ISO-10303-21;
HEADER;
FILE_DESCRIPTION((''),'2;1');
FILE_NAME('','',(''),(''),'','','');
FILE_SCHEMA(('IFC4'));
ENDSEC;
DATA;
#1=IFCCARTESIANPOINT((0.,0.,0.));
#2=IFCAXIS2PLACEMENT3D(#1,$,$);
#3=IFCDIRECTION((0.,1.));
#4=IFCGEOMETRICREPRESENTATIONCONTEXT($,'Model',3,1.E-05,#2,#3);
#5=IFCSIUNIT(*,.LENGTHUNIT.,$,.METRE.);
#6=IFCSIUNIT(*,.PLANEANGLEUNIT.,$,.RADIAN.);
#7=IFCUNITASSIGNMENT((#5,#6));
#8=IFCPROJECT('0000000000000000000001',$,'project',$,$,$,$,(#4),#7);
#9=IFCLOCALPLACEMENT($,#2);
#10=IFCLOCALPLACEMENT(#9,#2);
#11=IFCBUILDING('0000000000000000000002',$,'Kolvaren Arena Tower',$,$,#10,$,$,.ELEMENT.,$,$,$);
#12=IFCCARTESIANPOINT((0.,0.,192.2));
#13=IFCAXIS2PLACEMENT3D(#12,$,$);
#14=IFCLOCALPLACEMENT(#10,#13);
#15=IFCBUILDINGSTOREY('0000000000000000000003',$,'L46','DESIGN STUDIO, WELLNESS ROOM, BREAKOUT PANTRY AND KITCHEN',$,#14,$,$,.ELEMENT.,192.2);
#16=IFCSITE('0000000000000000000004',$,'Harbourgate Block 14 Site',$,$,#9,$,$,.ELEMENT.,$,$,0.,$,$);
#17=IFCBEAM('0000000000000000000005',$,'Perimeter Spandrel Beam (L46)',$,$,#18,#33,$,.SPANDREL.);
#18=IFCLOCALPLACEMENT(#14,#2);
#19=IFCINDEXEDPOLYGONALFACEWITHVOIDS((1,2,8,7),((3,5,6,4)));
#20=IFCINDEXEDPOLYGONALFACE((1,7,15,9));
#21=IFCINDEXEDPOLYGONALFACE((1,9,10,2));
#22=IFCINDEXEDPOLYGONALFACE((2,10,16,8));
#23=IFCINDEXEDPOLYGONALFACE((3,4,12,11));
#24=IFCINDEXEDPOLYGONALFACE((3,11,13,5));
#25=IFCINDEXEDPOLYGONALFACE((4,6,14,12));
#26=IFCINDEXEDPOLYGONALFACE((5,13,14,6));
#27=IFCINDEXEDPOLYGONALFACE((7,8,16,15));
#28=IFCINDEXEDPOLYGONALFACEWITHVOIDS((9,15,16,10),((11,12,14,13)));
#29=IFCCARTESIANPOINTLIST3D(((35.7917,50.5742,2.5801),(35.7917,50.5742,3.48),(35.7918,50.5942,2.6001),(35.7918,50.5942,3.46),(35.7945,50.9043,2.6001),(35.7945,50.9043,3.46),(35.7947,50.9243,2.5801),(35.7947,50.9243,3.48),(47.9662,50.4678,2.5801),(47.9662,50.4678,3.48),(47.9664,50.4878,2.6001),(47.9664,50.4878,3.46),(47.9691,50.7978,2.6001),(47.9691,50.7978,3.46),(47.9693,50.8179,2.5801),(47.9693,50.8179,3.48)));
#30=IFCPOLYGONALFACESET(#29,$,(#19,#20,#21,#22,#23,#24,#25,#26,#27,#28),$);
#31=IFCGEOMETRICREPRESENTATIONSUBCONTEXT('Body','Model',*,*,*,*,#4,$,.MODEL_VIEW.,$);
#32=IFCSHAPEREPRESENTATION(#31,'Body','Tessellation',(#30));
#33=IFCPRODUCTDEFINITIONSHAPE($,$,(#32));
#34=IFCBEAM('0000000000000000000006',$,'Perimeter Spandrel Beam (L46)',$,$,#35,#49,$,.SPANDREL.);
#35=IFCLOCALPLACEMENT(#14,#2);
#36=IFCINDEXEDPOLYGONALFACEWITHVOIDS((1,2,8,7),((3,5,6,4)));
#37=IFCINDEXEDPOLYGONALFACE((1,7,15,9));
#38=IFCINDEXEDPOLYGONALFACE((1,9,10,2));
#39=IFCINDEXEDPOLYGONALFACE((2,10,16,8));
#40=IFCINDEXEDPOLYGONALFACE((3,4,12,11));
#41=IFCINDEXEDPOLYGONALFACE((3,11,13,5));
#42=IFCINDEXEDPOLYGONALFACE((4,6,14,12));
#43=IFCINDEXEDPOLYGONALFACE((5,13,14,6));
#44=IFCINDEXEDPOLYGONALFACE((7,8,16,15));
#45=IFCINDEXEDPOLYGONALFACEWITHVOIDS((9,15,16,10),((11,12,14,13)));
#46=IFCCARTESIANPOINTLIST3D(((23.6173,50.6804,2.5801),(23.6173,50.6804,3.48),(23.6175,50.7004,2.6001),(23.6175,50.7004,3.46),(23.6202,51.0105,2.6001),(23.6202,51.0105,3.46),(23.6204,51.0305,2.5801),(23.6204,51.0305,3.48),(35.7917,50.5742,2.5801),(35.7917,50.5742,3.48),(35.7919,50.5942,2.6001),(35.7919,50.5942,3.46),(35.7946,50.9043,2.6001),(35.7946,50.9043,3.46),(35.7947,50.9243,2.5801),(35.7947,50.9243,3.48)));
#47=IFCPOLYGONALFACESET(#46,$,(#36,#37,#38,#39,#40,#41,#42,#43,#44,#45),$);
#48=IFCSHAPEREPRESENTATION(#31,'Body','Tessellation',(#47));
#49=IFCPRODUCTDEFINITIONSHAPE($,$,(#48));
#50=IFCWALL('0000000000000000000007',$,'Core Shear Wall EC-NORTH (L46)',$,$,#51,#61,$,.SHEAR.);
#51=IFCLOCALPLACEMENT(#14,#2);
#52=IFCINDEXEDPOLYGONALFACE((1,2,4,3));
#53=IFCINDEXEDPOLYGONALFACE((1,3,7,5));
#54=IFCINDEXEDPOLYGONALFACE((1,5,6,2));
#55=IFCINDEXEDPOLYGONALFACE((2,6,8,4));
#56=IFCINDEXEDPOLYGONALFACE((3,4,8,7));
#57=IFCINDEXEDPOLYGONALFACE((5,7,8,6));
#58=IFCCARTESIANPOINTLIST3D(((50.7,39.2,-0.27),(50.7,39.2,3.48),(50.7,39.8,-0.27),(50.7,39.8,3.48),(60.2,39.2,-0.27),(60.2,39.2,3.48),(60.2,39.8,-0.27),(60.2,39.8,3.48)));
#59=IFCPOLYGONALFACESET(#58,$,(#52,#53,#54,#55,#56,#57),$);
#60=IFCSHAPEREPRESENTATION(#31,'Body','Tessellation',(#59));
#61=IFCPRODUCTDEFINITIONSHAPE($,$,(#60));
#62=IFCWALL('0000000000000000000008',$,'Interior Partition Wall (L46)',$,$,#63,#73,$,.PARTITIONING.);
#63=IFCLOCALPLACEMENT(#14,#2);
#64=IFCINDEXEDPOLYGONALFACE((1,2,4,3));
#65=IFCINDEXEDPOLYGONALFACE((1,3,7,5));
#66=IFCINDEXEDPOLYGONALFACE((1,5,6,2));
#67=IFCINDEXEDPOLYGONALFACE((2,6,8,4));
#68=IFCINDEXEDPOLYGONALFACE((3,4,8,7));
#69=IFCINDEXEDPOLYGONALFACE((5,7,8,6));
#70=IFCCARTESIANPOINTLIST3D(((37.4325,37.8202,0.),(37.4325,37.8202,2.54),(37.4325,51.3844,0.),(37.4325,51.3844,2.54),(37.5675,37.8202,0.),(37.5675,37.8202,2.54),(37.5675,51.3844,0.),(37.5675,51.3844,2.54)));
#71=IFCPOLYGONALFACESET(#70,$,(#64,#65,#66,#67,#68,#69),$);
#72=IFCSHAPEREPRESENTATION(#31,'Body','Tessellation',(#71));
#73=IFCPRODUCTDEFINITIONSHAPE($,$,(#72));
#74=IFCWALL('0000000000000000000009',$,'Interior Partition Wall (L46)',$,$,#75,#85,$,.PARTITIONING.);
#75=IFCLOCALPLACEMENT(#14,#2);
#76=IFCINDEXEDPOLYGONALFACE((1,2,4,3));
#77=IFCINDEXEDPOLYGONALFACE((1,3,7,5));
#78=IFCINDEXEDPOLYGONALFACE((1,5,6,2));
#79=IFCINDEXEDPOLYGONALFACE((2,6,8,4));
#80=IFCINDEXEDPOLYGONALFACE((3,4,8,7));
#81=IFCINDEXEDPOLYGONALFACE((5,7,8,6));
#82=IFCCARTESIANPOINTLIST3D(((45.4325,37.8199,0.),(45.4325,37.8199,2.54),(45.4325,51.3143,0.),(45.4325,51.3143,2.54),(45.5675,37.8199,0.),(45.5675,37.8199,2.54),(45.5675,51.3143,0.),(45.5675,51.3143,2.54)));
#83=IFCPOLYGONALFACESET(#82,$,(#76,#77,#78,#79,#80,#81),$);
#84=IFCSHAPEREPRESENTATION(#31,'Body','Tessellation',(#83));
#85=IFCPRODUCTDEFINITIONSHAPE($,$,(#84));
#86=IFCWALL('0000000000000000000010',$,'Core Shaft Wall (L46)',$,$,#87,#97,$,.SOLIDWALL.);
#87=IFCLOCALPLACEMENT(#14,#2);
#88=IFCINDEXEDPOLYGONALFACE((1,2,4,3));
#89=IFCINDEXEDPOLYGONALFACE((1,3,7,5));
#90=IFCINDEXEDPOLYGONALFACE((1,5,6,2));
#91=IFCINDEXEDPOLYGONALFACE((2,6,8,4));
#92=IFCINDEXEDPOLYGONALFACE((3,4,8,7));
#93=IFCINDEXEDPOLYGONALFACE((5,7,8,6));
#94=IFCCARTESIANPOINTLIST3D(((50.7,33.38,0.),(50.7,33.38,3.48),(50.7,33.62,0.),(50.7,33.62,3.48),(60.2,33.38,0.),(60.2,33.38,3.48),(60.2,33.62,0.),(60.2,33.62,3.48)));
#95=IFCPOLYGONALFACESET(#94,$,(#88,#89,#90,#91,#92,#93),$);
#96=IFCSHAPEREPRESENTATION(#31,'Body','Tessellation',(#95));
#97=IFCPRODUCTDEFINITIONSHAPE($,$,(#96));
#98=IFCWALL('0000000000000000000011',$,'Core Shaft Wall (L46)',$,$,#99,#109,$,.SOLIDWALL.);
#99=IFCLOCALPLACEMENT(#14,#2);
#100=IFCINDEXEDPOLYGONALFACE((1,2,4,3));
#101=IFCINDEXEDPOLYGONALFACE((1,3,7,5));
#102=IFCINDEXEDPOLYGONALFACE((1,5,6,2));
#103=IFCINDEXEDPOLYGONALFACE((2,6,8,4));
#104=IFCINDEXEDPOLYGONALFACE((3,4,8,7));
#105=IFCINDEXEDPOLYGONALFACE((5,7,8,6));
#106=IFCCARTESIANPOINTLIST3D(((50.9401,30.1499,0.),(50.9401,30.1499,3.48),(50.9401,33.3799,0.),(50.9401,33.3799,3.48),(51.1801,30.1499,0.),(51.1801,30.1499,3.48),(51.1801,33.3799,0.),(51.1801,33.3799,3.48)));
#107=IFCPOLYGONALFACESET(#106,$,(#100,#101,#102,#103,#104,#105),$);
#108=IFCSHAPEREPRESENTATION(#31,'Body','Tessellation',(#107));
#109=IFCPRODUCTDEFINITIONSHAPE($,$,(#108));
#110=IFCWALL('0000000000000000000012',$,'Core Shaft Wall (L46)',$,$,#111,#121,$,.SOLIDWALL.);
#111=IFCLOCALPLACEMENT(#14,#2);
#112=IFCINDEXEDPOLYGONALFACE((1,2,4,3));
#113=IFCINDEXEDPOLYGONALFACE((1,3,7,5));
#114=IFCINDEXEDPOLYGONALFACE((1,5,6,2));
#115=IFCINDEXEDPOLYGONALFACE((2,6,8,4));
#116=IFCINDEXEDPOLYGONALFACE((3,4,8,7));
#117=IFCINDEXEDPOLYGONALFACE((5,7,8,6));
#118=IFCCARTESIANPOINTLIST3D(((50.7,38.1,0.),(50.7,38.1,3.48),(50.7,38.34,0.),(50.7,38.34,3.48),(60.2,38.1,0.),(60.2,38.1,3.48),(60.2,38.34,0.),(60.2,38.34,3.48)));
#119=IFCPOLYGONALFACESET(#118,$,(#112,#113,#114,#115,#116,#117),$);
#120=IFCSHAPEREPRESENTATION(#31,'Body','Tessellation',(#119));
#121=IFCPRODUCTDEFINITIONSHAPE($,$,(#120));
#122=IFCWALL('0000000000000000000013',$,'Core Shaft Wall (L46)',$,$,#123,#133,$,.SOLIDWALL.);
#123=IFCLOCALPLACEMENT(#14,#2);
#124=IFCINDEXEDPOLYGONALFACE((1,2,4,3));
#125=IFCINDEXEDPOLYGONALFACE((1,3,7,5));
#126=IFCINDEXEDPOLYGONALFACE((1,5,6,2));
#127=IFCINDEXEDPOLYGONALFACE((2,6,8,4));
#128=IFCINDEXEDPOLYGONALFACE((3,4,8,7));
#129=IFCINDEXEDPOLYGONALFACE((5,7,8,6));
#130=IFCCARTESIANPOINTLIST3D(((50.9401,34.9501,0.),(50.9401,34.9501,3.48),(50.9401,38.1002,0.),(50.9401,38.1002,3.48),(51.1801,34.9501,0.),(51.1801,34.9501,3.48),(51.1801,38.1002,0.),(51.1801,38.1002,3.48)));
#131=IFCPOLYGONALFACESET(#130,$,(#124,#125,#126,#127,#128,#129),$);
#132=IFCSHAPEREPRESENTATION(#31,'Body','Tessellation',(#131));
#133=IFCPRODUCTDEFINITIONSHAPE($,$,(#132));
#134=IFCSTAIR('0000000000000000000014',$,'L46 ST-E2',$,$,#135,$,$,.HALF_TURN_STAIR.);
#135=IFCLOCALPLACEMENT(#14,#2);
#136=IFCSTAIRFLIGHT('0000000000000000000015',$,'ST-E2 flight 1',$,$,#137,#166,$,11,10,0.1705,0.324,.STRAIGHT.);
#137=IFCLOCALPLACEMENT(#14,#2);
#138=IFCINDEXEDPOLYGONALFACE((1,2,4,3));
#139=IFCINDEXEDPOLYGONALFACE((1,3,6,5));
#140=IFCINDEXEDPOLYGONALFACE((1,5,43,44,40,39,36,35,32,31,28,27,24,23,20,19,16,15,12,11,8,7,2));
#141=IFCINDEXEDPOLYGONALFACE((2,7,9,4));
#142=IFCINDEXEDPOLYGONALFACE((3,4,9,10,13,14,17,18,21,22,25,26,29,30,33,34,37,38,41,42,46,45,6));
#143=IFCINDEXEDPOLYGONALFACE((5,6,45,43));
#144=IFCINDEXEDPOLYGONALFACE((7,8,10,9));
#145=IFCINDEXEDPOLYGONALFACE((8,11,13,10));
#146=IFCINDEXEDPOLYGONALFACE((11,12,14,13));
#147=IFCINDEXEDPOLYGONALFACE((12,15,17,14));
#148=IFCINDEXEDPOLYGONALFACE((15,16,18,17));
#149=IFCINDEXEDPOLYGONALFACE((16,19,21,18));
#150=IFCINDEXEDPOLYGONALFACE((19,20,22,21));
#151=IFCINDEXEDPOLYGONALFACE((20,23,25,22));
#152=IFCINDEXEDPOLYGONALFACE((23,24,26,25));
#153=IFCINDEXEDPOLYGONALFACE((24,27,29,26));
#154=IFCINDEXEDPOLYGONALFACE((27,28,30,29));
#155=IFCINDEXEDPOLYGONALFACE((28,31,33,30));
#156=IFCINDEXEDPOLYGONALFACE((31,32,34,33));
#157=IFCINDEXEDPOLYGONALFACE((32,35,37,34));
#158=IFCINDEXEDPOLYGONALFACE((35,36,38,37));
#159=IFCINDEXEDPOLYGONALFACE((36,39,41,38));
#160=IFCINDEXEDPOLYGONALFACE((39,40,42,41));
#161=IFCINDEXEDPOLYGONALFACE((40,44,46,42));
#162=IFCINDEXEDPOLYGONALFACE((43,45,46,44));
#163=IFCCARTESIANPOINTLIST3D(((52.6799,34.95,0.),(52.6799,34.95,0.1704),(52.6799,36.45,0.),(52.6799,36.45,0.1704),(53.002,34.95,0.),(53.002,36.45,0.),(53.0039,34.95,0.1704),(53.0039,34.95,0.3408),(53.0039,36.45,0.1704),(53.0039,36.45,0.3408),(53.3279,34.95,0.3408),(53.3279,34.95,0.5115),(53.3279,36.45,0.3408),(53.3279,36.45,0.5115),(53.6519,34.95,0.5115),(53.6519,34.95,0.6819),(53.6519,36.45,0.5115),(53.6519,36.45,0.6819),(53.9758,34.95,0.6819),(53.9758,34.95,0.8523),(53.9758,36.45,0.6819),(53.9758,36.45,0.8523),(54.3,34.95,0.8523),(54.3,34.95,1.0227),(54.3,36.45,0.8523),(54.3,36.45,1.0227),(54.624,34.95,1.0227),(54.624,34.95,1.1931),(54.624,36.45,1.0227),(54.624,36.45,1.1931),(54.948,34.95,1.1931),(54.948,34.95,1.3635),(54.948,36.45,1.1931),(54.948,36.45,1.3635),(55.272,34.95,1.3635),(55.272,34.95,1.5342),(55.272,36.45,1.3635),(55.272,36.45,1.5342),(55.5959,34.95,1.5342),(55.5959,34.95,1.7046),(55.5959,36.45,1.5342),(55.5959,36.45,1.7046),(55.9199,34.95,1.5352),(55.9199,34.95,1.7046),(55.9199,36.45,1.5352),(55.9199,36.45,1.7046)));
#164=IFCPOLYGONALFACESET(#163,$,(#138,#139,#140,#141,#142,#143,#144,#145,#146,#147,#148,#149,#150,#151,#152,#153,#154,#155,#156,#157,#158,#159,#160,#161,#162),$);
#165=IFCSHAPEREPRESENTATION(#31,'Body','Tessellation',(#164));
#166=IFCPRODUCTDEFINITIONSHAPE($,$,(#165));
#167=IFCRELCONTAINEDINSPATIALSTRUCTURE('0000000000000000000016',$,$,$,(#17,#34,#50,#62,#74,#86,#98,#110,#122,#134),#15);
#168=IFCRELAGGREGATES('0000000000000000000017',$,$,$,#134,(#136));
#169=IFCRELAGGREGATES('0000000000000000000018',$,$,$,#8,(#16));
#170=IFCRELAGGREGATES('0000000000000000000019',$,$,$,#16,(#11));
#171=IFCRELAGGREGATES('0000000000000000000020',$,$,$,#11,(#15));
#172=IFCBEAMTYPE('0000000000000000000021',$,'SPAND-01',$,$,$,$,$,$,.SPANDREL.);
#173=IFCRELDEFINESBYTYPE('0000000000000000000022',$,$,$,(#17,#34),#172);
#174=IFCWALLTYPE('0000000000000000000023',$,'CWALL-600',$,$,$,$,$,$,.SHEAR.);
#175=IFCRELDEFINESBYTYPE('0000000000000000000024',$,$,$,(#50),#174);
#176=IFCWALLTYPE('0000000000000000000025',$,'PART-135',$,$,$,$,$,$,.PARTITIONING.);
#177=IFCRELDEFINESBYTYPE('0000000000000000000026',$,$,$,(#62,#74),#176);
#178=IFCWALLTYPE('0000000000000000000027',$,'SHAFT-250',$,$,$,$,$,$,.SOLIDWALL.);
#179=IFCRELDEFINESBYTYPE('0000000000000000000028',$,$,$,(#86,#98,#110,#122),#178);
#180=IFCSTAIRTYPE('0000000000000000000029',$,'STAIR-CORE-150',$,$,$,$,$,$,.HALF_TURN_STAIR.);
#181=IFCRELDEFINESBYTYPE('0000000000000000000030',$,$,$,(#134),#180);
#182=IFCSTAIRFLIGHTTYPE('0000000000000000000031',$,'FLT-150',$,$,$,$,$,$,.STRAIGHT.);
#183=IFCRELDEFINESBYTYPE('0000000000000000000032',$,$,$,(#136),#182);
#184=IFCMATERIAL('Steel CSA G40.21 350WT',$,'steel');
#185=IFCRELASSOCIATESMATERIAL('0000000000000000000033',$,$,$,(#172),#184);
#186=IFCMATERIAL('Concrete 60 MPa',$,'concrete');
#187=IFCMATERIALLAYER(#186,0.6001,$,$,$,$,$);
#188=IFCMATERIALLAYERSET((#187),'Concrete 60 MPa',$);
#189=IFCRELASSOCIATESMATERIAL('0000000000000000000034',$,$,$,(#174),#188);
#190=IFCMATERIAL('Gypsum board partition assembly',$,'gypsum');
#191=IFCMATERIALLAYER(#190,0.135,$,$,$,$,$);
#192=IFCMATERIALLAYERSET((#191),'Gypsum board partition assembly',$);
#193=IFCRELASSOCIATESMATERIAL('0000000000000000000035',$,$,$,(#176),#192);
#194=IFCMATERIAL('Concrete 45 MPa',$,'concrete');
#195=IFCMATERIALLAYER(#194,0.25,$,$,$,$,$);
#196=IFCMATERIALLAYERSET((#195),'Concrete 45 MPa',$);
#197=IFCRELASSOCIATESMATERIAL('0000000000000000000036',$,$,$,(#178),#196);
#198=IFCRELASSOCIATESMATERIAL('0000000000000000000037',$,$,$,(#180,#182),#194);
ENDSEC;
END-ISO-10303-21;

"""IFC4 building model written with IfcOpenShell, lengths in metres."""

from ifc_helpers import new_model, si_unit, direction, frame, frame_2d, origin, origin_2d, place, context, subcontext, project, spatial, polyline, rectangle, hollow_rectangle, outline, extrude, material, layer, layer_set, material_profile, profile_set, type_object, element, aggregate, save


model = new_model("IFC4")

# Units and contexts
model_context = context("Model", 3, precision=1e-05, world=origin(), true_north=direction((0.0, 1.0)))
body_context = subcontext(model_context, "Body", "Model", "MODEL_VIEW")
ifc_project = project(units=[si_unit("LENGTHUNIT", "METRE"), si_unit("PLANEANGLEUNIT", "RADIAN")], contexts=[model_context])

# Site, building, storey
site_placement = place(None, origin())
site = spatial("IfcSite", under=ifc_project, at=site_placement, Name="Harbourgate Block 14 Site", CompositionType="ELEMENT", RefElevation=0.0)
building_placement = place(site_placement, origin())
building = spatial("IfcBuilding", under=site, at=building_placement, Name="Kolvaren Arena Tower", CompositionType="ELEMENT")
storey_placement = place(building_placement, frame((0.0, 0.0, 192.2)))
storey = spatial("IfcBuildingStorey", under=building, at=storey_placement, Name="L46", Description="DESIGN STUDIO, WELLNESS ROOM, BREAKOUT PANTRY AND KITCHEN", CompositionType="ELEMENT", Elevation=192.2)

# Beams
ifc_material_1 = material(Name="Concrete 60 MPa", Category="concrete")
ifc_material_2 = material(Name="Steel CSA G40.21 350WT", Category="steel")
ifc_material_profile_1 = material_profile(ifc_material_2, hollow_rectangle(XDim=0.3501, YDim=0.8999, WallThickness=0.02, at=origin_2d()), Name="HSS 900x350x20")
ifc_profile_set_1 = profile_set([ifc_material_profile_1], Name="Steel CSA G40.21 350WT")
beam_type_1 = type_object("IfcBeamType", Name="SPAND-01", PredefinedType="SPANDREL", material=ifc_profile_set_1)
beam_1_placement = place(storey_placement, frame((47.9678, 50.6428, 3.03), z_axis=(-0.999962, 0.008743, 0.0), x_axis=(-0.008743, -0.999962, 0.0)))
element("IfcBeam", 1, at=beam_1_placement, inside=storey, type_object=beam_type_1, Name="Perimeter Spandrel Beam (L46)", PredefinedType="SPANDREL", context=body_context, shape_type="SweptSolid", body=[
    extrude(hollow_rectangle(XDim=0.3501, YDim=0.8999, WallThickness=0.02, at=origin_2d()), origin(), (0.0, 0.0, 1.0), 12.175),
])
beam_2_placement = place(storey_placement, frame((35.7932, 50.7493, 3.03), z_axis=(-0.999962, 0.008723, 0.0), x_axis=(-0.008723, -0.999962, 0.0)))
element("IfcBeam", 2, at=beam_2_placement, inside=storey, type_object=beam_type_1, Name="Perimeter Spandrel Beam (L46)", PredefinedType="SPANDREL", context=body_context, shape_type="SweptSolid", body=[
    extrude(hollow_rectangle(XDim=0.3501, YDim=0.8999, WallThickness=0.02, at=origin_2d()), origin(), (0.0, 0.0, 1.0), 12.1748),
])

# Walls
ifc_layer_1 = layer(ifc_material_1, 0.6001)
ifc_layer_set_1 = layer_set([ifc_layer_1], Name="Concrete 60 MPa")
wall_type_1 = type_object("IfcWallType", Name="CWALL-600", PredefinedType="SHEAR", material=ifc_layer_set_1)
wall_1_placement = place(storey_placement, frame((50.7, 39.5, -0.27), z_axis=(0.0, 0.0, 1.0), x_axis=(1.0, 0.0, 0.0)))
element("IfcWall", 3, at=wall_1_placement, inside=storey, type_object=wall_type_1, Name="Core Shear Wall EC-NORTH (L46)", PredefinedType="SHEAR", context=body_context, shape_type="SweptSolid", body=[
    extrude(rectangle(XDim=9.5, YDim=0.6001, at=frame_2d((4.75, 0.0))), origin(), (0.0, 0.0, 1.0), 3.75),
])
ifc_material_3 = material(Name="Gypsum board partition assembly", Category="gypsum")
ifc_layer_2 = layer(ifc_material_3, 0.135)
ifc_layer_set_2 = layer_set([ifc_layer_2], Name="Gypsum board partition assembly")
wall_type_2 = type_object("IfcWallType", Name="PART-135", PredefinedType="PARTITIONING", material=ifc_layer_set_2)
wall_2_placement = place(storey_placement, frame((37.5, 37.8201, 0.0), z_axis=(0.0, 0.0, 1.0), x_axis=(0.0, 1.0, 0.0)))
element("IfcWall", 4, at=wall_2_placement, inside=storey, type_object=wall_type_2, Name="Interior Partition Wall (L46)", PredefinedType="PARTITIONING", context=body_context, shape_type="SweptSolid", body=[
    extrude(rectangle(XDim=13.5642, YDim=0.135, at=frame_2d((6.7822, 0.0))), origin(), (0.0, 0.0, 1.0), 2.54),
])
wall_3_placement = place(storey_placement, frame((45.5, 37.8201, 0.0), z_axis=(0.0, 0.0, 1.0), x_axis=(0.0, 1.0, 0.0)))
element("IfcWall", 5, at=wall_3_placement, inside=storey, type_object=wall_type_2, Name="Interior Partition Wall (L46)", PredefinedType="PARTITIONING", context=body_context, shape_type="SweptSolid", body=[
    extrude(rectangle(XDim=13.4944, YDim=0.135, at=frame_2d((6.7471, 0.0))), origin(), (0.0, 0.0, 1.0), 2.54),
])
ifc_material_4 = material(Name="Concrete 45 MPa", Category="concrete")
ifc_layer_3 = layer(ifc_material_4, 0.25)
ifc_layer_set_3 = layer_set([ifc_layer_3], Name="Concrete 45 MPa")
wall_type_3 = type_object("IfcWallType", Name="SHAFT-250", PredefinedType="SOLIDWALL", material=ifc_layer_set_3)
wall_4_placement = place(storey_placement, frame((50.7, 33.5, 0.0), z_axis=(0.0, 0.0, 1.0), x_axis=(1.0, 0.0, 0.0)))
element("IfcWall", 6, at=wall_4_placement, inside=storey, type_object=wall_type_3, Name="Core Shaft Wall (L46)", PredefinedType="SOLIDWALL", context=body_context, shape_type="SweptSolid", body=[
    extrude(rectangle(XDim=9.5, YDim=0.24, at=frame_2d((4.75, 0.0))), origin(), (0.0, 0.0, 1.0), 3.48),
])
wall_5_placement = place(storey_placement, frame((51.0601, 30.1499, 0.0), z_axis=(0.0, 0.0, 1.0), x_axis=(0.0, 1.0, 0.0)))
element("IfcWall", 7, at=wall_5_placement, inside=storey, type_object=wall_type_3, Name="Core Shaft Wall (L46)", PredefinedType="SOLIDWALL", context=body_context, shape_type="SweptSolid", body=[
    extrude(rectangle(XDim=3.23, YDim=0.24, at=frame_2d((1.615, 0.0))), origin(), (0.0, 0.0, 1.0), 3.48),
])
wall_6_placement = place(storey_placement, frame((50.7, 38.22, 0.0), z_axis=(0.0, 0.0, 1.0), x_axis=(1.0, 0.0, 0.0)))
element("IfcWall", 8, at=wall_6_placement, inside=storey, type_object=wall_type_3, Name="Core Shaft Wall (L46)", PredefinedType="SOLIDWALL", context=body_context, shape_type="SweptSolid", body=[
    extrude(rectangle(XDim=9.5, YDim=0.24, at=frame_2d((4.75, 0.0))), origin(), (0.0, 0.0, 1.0), 3.48),
])
wall_7_placement = place(storey_placement, frame((51.0601, 34.95, 0.0), z_axis=(0.0, 0.0, 1.0), x_axis=(0.0, 1.0, 0.0)))
element("IfcWall", 9, at=wall_7_placement, inside=storey, type_object=wall_type_3, Name="Core Shaft Wall (L46)", PredefinedType="SOLIDWALL", context=body_context, shape_type="SweptSolid", body=[
    extrude(rectangle(XDim=3.1501, YDim=0.24, at=frame_2d((1.5752, 0.0))), origin(), (0.0, 0.0, 1.0), 3.48),
])

# Stair, stair flight
stair_type = type_object("IfcStairType", Name="STAIR-CORE-150", PredefinedType="HALF_TURN_STAIR", material=ifc_material_4)
stair_placement = place(storey_placement, origin())
stair = element("IfcStair", 10, at=stair_placement, inside=storey, type_object=stair_type, Name="L46 ST-E2", PredefinedType="HALF_TURN_STAIR")
stair_flight_type = type_object("IfcStairFlightType", Name="FLT-150", PredefinedType="STRAIGHT", material=ifc_material_4)
stair_flight_placement = place(storey_placement, frame((52.6799, 35.7, 0.0), z_axis=(0.0, 0.0, 1.0), x_axis=(1.0, 0.0, 0.0)))
stair_flight = element("IfcStairFlight", 11, at=stair_flight_placement, type_object=stair_flight_type, Name="ST-E2 flight 1", NumberOfRisers=11, NumberOfTreads=10, PredefinedType="STRAIGHT", RiserHeight=0.1705, TreadLength=0.324, context=body_context, shape_type="SweptSolid", body=[
    extrude(outline(polyline([(0.0, 0.0), (0.0, 0.1704), (0.324, 0.1704), (0.324, 0.3408), (0.6479, 0.3408), (0.6479, 0.5115), (0.9719, 0.5115), (0.9719, 0.6819), (1.2959, 0.6819), (1.2959, 0.8523), (1.6201, 0.8523), (1.6201, 1.0227), (1.9441, 1.0227), (1.9441, 1.1931), (2.2681, 1.1931), (2.2681, 1.3635), (2.592, 1.3635), (2.592, 1.5342), (2.916, 1.5342), (2.916, 1.7046), (3.24, 1.7046), (3.24, 1.875), (3.24, 1.5352), (0.322, 0.0), (0.0, 0.0)])), frame((0.0, 0.75, 0.0), z_axis=(0.0, -1.0, 0.0), x_axis=(1.0, 0.0, 0.0)), (0.0, 0.0, 1.0), 1.5),
])
aggregate(stair, [stair_flight])

save(model, "model.ifc")
